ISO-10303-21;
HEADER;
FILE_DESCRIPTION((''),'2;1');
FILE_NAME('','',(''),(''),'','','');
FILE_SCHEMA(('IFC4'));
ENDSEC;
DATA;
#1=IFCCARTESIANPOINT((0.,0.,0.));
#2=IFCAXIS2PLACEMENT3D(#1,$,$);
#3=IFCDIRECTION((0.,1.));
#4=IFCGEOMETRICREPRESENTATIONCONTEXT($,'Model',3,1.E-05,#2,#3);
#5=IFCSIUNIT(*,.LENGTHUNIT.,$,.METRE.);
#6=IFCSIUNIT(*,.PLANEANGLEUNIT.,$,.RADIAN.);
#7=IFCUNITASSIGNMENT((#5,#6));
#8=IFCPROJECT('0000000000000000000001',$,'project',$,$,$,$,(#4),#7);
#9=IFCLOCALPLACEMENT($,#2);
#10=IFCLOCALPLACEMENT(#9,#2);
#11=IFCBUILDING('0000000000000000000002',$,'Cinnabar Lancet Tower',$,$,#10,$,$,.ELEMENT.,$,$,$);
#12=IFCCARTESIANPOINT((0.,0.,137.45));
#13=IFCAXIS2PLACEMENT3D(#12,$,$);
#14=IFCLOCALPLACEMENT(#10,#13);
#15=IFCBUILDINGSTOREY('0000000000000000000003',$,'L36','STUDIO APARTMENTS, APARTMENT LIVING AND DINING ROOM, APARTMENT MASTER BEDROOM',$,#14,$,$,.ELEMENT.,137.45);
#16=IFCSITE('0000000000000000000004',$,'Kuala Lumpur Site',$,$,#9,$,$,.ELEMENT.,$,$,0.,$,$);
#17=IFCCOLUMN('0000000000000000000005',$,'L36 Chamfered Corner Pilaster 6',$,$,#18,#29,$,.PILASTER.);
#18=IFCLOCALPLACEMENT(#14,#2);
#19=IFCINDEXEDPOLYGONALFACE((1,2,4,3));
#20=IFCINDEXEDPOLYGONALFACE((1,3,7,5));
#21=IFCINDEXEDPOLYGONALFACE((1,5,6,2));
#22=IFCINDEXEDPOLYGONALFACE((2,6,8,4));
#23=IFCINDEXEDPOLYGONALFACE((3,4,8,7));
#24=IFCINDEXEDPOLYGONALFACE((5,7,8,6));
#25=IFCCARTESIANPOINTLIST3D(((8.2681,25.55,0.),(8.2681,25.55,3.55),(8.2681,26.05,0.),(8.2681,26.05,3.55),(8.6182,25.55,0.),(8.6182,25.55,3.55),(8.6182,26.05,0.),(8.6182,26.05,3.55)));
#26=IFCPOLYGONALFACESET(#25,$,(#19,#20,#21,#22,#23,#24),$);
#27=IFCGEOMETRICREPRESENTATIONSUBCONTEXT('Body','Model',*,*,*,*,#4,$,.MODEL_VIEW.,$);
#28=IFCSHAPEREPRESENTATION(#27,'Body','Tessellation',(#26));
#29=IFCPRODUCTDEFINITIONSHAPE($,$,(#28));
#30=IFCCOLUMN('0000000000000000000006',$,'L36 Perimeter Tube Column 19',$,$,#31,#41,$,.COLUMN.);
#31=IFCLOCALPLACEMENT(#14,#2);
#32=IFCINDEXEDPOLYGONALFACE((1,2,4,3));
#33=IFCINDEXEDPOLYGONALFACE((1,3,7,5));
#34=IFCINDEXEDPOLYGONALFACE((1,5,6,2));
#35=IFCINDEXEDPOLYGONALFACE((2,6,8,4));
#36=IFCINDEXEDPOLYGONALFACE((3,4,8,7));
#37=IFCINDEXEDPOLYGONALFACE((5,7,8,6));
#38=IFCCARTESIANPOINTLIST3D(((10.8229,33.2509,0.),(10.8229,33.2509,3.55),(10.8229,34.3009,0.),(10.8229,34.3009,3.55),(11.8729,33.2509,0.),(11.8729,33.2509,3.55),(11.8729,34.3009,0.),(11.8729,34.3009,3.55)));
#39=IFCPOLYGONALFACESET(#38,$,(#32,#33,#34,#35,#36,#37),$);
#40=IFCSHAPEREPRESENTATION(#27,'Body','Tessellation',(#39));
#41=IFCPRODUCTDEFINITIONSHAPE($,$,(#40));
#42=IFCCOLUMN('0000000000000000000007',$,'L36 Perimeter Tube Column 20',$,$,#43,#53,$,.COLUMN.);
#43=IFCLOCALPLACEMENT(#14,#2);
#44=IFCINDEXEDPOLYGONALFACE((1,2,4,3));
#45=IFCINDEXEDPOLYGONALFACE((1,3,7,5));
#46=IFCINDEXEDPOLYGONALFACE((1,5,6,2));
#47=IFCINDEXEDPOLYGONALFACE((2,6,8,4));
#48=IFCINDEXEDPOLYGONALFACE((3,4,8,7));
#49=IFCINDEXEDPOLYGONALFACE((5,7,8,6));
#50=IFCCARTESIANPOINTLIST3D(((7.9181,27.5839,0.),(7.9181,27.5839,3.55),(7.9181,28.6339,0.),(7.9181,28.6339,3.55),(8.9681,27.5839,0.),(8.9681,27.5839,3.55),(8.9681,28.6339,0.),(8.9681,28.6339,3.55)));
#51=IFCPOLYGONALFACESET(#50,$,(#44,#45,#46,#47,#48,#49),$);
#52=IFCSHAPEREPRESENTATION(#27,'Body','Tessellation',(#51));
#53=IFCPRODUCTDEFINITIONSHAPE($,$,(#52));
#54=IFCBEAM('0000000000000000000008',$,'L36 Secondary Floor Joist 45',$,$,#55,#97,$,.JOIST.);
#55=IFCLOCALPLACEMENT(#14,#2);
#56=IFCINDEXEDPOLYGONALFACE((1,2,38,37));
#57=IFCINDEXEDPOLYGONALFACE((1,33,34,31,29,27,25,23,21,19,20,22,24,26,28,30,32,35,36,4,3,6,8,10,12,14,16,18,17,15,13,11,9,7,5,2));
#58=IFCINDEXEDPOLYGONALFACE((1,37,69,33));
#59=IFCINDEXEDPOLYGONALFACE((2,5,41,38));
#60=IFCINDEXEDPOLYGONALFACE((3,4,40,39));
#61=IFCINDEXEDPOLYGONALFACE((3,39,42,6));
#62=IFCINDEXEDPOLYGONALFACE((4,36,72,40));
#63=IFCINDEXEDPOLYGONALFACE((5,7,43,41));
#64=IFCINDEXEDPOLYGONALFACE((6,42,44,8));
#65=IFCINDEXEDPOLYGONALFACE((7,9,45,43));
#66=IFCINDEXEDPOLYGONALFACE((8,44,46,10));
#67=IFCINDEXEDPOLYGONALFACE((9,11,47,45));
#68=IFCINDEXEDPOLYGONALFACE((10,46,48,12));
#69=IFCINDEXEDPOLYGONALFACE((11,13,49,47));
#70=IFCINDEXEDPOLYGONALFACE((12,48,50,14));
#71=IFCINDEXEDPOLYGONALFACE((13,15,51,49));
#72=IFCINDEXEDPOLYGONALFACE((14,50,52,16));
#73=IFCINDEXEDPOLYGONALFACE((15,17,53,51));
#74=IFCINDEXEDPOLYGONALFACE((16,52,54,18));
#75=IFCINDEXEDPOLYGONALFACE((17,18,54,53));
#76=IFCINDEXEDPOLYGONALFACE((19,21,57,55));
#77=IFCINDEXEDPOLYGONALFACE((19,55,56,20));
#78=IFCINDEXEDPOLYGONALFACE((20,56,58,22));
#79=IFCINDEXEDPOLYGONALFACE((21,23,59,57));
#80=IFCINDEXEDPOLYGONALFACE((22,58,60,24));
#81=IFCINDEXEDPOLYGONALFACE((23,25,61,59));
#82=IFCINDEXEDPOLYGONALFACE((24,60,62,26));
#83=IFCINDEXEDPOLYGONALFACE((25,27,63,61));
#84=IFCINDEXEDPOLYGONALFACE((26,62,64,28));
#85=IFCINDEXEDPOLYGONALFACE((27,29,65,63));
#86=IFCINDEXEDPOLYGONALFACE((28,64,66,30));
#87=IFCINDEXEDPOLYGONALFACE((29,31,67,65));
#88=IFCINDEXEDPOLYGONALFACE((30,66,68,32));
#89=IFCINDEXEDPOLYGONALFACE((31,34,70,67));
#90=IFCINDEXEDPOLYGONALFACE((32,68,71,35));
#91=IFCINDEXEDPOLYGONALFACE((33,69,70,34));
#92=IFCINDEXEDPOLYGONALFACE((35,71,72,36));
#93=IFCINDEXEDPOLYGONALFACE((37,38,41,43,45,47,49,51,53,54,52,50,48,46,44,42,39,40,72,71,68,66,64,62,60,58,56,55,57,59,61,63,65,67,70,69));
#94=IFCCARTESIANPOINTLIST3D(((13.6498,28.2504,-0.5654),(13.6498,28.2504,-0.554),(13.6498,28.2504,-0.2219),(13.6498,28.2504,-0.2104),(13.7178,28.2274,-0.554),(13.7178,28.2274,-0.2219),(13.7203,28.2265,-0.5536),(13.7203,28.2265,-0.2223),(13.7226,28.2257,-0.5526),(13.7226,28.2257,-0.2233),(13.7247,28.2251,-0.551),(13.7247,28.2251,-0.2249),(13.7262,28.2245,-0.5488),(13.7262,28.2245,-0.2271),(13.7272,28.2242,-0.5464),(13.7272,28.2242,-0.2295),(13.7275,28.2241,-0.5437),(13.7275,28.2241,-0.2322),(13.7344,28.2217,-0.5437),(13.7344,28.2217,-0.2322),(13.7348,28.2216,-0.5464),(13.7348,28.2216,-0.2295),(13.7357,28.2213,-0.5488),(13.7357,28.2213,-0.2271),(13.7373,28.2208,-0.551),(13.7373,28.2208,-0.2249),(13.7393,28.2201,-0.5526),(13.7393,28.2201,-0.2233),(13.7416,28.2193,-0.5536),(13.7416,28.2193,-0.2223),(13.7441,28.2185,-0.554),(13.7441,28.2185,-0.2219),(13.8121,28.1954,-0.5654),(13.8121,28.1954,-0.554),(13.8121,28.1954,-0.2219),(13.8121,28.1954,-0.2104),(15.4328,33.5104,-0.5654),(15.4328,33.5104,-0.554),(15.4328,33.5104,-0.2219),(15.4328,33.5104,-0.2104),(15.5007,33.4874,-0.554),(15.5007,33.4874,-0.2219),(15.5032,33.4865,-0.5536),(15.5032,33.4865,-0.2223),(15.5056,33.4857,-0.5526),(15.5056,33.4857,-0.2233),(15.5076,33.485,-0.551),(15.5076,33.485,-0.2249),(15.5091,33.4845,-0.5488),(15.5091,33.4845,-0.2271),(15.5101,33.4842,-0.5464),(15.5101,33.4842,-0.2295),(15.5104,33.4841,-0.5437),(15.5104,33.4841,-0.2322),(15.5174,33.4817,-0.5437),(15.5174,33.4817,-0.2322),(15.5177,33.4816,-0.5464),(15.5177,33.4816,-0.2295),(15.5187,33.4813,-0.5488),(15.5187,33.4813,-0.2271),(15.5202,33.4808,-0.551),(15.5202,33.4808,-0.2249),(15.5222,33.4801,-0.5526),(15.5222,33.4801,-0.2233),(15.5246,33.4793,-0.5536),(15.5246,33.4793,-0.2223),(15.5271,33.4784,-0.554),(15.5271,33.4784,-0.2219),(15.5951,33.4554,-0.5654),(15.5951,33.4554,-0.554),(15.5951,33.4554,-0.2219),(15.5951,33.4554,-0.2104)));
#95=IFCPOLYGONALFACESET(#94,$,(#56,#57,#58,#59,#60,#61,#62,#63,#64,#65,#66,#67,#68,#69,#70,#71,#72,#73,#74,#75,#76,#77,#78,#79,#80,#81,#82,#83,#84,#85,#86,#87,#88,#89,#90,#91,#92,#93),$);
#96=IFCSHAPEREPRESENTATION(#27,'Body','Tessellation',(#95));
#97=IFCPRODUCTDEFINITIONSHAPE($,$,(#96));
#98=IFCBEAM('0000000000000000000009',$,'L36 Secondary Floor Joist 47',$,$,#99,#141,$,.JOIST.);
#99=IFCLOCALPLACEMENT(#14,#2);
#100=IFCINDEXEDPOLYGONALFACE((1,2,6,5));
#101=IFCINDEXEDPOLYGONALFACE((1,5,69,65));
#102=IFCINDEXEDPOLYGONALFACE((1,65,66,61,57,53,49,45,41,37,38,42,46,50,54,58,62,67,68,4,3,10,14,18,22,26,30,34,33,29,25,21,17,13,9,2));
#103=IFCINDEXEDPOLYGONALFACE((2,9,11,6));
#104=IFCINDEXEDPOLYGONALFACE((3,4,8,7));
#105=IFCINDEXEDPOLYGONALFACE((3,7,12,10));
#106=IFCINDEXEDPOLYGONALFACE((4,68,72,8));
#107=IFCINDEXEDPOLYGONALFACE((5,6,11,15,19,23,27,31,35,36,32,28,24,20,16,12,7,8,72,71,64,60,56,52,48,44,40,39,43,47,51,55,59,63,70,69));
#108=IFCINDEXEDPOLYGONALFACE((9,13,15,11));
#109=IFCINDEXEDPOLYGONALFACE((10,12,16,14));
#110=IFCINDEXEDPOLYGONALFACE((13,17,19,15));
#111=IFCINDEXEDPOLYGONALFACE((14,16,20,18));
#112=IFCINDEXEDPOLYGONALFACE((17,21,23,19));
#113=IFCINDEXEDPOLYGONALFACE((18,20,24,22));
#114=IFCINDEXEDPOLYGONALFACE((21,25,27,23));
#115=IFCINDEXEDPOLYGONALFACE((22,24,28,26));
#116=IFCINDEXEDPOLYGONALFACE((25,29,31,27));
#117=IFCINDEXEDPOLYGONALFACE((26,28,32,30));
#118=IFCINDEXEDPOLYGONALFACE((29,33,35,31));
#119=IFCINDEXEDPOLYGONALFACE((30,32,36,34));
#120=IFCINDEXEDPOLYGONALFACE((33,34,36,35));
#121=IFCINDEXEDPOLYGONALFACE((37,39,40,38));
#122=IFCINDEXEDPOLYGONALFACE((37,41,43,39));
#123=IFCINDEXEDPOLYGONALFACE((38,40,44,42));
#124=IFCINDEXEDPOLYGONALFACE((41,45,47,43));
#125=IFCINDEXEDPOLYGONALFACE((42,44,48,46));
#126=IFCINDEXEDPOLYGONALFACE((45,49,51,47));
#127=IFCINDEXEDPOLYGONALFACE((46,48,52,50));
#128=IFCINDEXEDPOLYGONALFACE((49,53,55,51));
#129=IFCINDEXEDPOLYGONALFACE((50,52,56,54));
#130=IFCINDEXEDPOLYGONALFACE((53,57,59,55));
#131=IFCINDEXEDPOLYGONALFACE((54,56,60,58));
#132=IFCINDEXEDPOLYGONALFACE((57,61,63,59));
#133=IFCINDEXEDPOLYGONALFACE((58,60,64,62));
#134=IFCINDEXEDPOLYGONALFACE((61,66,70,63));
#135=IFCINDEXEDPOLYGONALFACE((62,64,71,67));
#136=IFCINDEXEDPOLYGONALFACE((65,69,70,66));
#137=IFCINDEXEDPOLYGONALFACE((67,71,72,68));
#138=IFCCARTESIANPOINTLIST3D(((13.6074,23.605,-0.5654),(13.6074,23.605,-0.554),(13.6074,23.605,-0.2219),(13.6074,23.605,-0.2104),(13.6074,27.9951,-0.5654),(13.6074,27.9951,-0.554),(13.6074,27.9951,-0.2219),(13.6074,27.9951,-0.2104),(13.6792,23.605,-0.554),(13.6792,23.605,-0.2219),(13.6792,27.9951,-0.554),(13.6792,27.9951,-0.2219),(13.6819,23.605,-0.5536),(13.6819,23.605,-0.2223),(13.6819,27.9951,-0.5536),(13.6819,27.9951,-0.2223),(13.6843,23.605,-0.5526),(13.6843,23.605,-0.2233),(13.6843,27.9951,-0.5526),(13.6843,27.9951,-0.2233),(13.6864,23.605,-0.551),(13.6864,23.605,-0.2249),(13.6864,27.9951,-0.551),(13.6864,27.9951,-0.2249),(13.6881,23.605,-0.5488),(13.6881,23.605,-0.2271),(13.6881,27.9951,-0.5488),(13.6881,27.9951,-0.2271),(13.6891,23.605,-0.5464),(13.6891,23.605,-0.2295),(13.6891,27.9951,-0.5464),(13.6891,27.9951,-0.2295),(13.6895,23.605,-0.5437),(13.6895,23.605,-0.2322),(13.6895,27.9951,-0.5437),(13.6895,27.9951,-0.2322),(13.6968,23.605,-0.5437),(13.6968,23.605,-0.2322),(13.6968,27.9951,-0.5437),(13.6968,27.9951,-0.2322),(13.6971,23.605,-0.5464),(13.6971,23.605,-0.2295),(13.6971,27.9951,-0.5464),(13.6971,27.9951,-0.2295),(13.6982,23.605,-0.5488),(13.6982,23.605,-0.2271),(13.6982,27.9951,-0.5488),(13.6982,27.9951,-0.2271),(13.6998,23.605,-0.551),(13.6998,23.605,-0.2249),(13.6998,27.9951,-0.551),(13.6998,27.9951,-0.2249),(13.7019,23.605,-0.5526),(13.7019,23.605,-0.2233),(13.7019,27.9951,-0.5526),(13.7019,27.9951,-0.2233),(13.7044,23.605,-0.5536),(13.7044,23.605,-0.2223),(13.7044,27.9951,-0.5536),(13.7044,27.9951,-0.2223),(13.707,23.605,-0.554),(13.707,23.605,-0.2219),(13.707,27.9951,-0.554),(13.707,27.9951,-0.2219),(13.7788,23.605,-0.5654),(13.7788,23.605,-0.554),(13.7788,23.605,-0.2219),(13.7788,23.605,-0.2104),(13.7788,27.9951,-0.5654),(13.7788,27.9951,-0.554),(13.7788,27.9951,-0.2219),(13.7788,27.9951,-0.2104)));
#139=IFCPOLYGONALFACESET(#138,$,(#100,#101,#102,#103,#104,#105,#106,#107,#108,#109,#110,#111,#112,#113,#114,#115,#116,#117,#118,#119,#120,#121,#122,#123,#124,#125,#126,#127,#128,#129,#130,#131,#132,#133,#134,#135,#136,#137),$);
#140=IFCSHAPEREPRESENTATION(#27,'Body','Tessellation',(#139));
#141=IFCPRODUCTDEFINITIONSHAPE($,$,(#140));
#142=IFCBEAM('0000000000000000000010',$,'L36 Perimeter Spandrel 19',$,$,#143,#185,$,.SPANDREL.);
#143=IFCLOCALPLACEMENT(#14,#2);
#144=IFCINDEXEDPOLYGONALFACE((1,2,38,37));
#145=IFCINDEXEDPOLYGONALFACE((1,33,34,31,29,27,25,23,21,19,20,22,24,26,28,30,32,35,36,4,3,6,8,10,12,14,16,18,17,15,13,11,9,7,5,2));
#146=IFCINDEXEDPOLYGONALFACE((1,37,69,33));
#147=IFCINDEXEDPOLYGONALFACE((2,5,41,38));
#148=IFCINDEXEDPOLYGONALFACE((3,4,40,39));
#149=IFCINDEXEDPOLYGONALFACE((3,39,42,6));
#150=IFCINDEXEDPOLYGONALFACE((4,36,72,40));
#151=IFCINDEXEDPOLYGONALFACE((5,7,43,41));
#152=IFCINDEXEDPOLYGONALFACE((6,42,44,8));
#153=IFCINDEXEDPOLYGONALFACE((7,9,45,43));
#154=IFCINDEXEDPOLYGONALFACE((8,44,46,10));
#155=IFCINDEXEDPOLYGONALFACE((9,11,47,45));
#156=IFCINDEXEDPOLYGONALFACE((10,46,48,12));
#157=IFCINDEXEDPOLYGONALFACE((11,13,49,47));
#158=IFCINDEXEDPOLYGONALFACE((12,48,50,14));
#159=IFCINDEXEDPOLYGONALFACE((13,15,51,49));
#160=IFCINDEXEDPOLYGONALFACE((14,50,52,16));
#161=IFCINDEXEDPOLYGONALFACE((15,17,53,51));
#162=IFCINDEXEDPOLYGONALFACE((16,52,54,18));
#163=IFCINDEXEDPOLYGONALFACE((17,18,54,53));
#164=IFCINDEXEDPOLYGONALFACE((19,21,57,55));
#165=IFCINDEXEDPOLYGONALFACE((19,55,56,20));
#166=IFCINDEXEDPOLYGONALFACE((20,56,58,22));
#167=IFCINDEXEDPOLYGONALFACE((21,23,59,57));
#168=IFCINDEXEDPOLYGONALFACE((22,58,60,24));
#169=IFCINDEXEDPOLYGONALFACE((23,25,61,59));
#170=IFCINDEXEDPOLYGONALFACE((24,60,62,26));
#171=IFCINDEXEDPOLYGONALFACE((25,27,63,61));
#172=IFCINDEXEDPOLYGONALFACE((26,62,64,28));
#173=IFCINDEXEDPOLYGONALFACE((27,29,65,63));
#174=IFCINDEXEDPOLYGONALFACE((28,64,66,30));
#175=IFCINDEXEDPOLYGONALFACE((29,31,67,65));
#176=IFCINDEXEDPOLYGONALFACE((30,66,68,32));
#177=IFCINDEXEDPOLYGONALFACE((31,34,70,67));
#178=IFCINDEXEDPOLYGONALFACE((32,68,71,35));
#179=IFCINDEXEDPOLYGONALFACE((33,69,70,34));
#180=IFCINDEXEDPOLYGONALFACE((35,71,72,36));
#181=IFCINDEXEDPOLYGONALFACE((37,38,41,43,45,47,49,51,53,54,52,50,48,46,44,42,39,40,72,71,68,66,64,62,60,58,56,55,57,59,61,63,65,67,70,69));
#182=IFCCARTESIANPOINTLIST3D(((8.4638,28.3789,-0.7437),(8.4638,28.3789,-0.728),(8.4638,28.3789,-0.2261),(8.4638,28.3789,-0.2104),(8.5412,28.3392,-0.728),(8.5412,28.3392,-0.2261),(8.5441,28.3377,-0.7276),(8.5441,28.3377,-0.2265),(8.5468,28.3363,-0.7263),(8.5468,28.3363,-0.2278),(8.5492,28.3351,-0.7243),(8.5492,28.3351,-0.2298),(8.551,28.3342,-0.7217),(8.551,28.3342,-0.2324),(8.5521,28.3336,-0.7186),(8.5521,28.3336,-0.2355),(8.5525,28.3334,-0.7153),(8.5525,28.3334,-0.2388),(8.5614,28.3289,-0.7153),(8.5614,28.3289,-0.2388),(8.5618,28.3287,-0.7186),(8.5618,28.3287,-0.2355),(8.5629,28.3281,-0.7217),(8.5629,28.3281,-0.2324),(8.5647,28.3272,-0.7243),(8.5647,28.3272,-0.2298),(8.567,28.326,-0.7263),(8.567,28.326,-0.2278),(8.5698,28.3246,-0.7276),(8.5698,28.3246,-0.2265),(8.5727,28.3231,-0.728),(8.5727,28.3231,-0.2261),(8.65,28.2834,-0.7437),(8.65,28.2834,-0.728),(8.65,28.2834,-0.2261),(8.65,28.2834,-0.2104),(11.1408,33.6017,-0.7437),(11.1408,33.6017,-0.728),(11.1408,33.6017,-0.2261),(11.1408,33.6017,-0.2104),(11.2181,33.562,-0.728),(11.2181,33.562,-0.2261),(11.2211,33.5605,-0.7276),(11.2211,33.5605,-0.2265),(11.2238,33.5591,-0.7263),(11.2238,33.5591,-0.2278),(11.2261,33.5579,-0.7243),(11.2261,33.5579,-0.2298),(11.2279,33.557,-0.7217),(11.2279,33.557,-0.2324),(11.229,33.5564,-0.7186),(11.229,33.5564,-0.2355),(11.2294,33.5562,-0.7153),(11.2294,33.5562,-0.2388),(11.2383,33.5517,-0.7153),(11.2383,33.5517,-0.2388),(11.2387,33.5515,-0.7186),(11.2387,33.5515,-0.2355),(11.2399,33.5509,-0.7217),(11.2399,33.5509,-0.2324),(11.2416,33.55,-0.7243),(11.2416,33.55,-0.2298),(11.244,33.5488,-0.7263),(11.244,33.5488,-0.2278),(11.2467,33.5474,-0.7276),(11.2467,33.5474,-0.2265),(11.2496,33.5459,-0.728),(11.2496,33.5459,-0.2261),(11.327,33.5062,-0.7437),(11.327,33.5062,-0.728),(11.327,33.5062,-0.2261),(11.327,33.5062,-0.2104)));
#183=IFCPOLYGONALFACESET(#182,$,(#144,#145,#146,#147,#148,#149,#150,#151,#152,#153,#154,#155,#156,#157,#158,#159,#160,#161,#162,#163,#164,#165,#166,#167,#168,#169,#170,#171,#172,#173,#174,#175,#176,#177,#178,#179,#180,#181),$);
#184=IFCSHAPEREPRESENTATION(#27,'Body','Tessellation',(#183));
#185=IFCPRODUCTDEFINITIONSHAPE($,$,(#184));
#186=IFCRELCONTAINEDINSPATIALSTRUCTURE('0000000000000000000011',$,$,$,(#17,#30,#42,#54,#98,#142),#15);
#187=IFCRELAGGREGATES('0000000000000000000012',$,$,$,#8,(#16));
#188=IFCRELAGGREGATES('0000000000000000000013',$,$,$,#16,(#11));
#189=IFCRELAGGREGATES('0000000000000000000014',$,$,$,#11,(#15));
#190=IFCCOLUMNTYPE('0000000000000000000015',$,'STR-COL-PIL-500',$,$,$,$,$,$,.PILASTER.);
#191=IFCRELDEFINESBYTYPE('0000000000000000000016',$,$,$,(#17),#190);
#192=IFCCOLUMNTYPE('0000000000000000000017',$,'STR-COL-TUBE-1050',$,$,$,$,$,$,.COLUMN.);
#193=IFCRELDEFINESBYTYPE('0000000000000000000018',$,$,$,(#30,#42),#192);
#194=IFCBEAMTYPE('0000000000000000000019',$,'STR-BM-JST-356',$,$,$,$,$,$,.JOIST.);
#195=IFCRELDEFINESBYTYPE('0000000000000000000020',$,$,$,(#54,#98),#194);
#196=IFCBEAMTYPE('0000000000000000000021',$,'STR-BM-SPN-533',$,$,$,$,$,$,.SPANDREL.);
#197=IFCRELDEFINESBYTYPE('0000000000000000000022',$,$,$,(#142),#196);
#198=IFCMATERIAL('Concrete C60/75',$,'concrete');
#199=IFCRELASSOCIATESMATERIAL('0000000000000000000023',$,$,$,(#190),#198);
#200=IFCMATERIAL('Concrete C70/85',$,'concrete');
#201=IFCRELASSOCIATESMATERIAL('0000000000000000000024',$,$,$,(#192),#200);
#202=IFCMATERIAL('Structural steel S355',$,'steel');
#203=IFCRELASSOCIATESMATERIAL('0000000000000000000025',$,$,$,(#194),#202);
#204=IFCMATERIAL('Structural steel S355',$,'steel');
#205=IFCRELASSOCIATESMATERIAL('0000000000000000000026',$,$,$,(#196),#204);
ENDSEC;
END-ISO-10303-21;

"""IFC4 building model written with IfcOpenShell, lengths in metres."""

from ifc_helpers import new_model, si_unit, direction, frame, origin, origin_2d, place, context, subcontext, project, spatial, rectangle, i_section, extrude, material, material_profile, profile_set, type_object, element, save


model = new_model("IFC4")

# Units and contexts
model_context = context("Model", 3, precision=1e-05, world=origin(), true_north=direction((0.0, 1.0)))
body_context = subcontext(model_context, "Body", "Model", "MODEL_VIEW")
ifc_project = project(units=[si_unit("LENGTHUNIT", "METRE"), si_unit("PLANEANGLEUNIT", "RADIAN")], contexts=[model_context])

# Site, building, storey
site_placement = place(None, origin())
site = spatial("IfcSite", under=ifc_project, at=site_placement, Name="Kuala Lumpur Site", CompositionType="ELEMENT", RefElevation=0.0)
building_placement = place(site_placement, origin())
building = spatial("IfcBuilding", under=site, at=building_placement, Name="Cinnabar Lancet Tower", CompositionType="ELEMENT")
storey_placement = place(building_placement, frame((0.0, 0.0, 137.45)))
storey = spatial("IfcBuildingStorey", under=building, at=storey_placement, Name="L36", Description="STUDIO APARTMENTS, APARTMENT LIVING AND DINING ROOM, APARTMENT MASTER BEDROOM", CompositionType="ELEMENT", Elevation=137.45)

# Columns
ifc_material_1 = material(Name="Concrete C60/75", Category="concrete")
ifc_material_profile_1 = material_profile(ifc_material_1, rectangle(XDim=0.5, YDim=0.3501, at=origin_2d()), Name="RC-PIL 500x350")
ifc_profile_set_1 = profile_set([ifc_material_profile_1], Name="Concrete C60/75")
column_type_1 = type_object("IfcColumnType", Name="STR-COL-PIL-500", PredefinedType="PILASTER", material=ifc_profile_set_1)
column_placement = place(storey_placement, frame((8.4431, 25.8, 0.0), z_axis=(0.0, 0.0, 1.0), x_axis=(0.0, -1.0, 0.0)))
element("IfcColumn", 1, at=column_placement, inside=storey, type_object=column_type_1, Name="L36 Chamfered Corner Pilaster 6", PredefinedType="PILASTER", context=body_context, shape_type="SweptSolid", body=[
    extrude(rectangle(XDim=0.5, YDim=0.3501, at=origin_2d()), origin(), (0.0, 0.0, 1.0), 3.55),
])
ifc_material_2 = material(Name="Concrete C70/85", Category="concrete")
ifc_material_profile_2 = material_profile(ifc_material_2, rectangle(XDim=1.05, YDim=1.05, at=origin_2d()), Name="RC-COL 1050x1050")
ifc_profile_set_2 = profile_set([ifc_material_profile_2], Name="Concrete C70/85")
column_type_2 = type_object("IfcColumnType", Name="STR-COL-TUBE-1050", PredefinedType="COLUMN", material=ifc_profile_set_2)
for number, where, z_axis, x_axis, name in (
    (2, (11.3479, 33.7759, 0.0), (0.0, 0.0, 1.0), (1.0, 0.0, 0.0), "L36 Perimeter Tube Column 19"),
    (3, (8.4431, 28.1089, 0.0), (0.0, 0.0, 1.0), (1.0, 0.0, 0.0), "L36 Perimeter Tube Column 20"),
):
    element("IfcColumn", number, at=place(storey_placement, frame(where, z_axis=z_axis, x_axis=x_axis)), inside=storey, type_object=column_type_2, Name=name, PredefinedType="COLUMN", context=body_context, shape_type="SweptSolid", body=[
        extrude(rectangle(XDim=1.05, YDim=1.05, at=origin_2d()), origin(), (0.0, 0.0, 1.0), 3.55),
    ])

# Beams
ifc_material_3 = material(Name="Structural steel S355", Category="steel")
ifc_material_profile_3 = material_profile(ifc_material_3, i_section(OverallWidth=0.1714, OverallDepth=0.355, WebThickness=0.0073, FlangeThickness=0.0115, FilletRadius=0.0103, at=origin_2d()), Name="UKB 356x171x51")
ifc_profile_set_3 = profile_set([ifc_material_profile_3], Name="Structural steel S355")
beam_type_1 = type_object("IfcBeamType", Name="STR-BM-JST-356", PredefinedType="JOIST", material=ifc_profile_set_3)
beam_1_placement = place(storey_placement, frame((15.5139, 33.4829, -0.3879), z_axis=(-0.321024, -0.947071, 0.0), x_axis=(0.947071, -0.321024, 0.0)))
element("IfcBeam", 4, at=beam_1_placement, inside=storey, type_object=beam_type_1, Name="L36 Secondary Floor Joist 45", PredefinedType="JOIST", context=body_context, shape_type="SweptSolid", body=[
    extrude(i_section(OverallWidth=0.1714, OverallDepth=0.355, WebThickness=0.0073, FlangeThickness=0.0115, FilletRadius=0.0103, at=origin_2d()), origin(), (0.0, 0.0, 1.0), 5.554),
])
beam_2_placement = place(storey_placement, frame((13.6931, 27.9951, -0.3879), z_axis=(0.0, -1.0, 0.0), x_axis=(1.0, 0.0, 0.0)))
element("IfcBeam", 5, at=beam_2_placement, inside=storey, type_object=beam_type_1, Name="L36 Secondary Floor Joist 47", PredefinedType="JOIST", context=body_context, shape_type="SweptSolid", body=[
    extrude(i_section(OverallWidth=0.1714, OverallDepth=0.355, WebThickness=0.0073, FlangeThickness=0.0115, FilletRadius=0.0103, at=origin_2d()), origin(), (0.0, 0.0, 1.0), 4.3901),
])
ifc_material_4 = material(Name="Structural steel S355", Category="steel")
ifc_material_profile_4 = material_profile(ifc_material_4, i_section(OverallWidth=0.2092, OverallDepth=0.5332, WebThickness=0.01, FlangeThickness=0.0156, FilletRadius=0.0127, at=origin_2d()), Name="UKB 533x210x92")
ifc_profile_set_4 = profile_set([ifc_material_profile_4], Name="Structural steel S355")
beam_type_2 = type_object("IfcBeamType", Name="STR-BM-SPN-533", PredefinedType="SPANDREL", material=ifc_profile_set_4)
beam_3_placement = place(storey_placement, frame((11.2339, 33.554, -0.4771), z_axis=(-0.456127, -0.889915, 0.0), x_axis=(0.889915, -0.456127, 0.0)))
element("IfcBeam", 6, at=beam_3_placement, inside=storey, type_object=beam_type_2, Name="L36 Perimeter Spandrel 19", PredefinedType="SPANDREL", context=body_context, shape_type="SweptSolid", body=[
    extrude(i_section(OverallWidth=0.2092, OverallDepth=0.5332, WebThickness=0.01, FlangeThickness=0.0156, FilletRadius=0.0127, at=origin_2d()), origin(), (0.0, 0.0, 1.0), 5.8689),
])

save(model, "model.ifc")
